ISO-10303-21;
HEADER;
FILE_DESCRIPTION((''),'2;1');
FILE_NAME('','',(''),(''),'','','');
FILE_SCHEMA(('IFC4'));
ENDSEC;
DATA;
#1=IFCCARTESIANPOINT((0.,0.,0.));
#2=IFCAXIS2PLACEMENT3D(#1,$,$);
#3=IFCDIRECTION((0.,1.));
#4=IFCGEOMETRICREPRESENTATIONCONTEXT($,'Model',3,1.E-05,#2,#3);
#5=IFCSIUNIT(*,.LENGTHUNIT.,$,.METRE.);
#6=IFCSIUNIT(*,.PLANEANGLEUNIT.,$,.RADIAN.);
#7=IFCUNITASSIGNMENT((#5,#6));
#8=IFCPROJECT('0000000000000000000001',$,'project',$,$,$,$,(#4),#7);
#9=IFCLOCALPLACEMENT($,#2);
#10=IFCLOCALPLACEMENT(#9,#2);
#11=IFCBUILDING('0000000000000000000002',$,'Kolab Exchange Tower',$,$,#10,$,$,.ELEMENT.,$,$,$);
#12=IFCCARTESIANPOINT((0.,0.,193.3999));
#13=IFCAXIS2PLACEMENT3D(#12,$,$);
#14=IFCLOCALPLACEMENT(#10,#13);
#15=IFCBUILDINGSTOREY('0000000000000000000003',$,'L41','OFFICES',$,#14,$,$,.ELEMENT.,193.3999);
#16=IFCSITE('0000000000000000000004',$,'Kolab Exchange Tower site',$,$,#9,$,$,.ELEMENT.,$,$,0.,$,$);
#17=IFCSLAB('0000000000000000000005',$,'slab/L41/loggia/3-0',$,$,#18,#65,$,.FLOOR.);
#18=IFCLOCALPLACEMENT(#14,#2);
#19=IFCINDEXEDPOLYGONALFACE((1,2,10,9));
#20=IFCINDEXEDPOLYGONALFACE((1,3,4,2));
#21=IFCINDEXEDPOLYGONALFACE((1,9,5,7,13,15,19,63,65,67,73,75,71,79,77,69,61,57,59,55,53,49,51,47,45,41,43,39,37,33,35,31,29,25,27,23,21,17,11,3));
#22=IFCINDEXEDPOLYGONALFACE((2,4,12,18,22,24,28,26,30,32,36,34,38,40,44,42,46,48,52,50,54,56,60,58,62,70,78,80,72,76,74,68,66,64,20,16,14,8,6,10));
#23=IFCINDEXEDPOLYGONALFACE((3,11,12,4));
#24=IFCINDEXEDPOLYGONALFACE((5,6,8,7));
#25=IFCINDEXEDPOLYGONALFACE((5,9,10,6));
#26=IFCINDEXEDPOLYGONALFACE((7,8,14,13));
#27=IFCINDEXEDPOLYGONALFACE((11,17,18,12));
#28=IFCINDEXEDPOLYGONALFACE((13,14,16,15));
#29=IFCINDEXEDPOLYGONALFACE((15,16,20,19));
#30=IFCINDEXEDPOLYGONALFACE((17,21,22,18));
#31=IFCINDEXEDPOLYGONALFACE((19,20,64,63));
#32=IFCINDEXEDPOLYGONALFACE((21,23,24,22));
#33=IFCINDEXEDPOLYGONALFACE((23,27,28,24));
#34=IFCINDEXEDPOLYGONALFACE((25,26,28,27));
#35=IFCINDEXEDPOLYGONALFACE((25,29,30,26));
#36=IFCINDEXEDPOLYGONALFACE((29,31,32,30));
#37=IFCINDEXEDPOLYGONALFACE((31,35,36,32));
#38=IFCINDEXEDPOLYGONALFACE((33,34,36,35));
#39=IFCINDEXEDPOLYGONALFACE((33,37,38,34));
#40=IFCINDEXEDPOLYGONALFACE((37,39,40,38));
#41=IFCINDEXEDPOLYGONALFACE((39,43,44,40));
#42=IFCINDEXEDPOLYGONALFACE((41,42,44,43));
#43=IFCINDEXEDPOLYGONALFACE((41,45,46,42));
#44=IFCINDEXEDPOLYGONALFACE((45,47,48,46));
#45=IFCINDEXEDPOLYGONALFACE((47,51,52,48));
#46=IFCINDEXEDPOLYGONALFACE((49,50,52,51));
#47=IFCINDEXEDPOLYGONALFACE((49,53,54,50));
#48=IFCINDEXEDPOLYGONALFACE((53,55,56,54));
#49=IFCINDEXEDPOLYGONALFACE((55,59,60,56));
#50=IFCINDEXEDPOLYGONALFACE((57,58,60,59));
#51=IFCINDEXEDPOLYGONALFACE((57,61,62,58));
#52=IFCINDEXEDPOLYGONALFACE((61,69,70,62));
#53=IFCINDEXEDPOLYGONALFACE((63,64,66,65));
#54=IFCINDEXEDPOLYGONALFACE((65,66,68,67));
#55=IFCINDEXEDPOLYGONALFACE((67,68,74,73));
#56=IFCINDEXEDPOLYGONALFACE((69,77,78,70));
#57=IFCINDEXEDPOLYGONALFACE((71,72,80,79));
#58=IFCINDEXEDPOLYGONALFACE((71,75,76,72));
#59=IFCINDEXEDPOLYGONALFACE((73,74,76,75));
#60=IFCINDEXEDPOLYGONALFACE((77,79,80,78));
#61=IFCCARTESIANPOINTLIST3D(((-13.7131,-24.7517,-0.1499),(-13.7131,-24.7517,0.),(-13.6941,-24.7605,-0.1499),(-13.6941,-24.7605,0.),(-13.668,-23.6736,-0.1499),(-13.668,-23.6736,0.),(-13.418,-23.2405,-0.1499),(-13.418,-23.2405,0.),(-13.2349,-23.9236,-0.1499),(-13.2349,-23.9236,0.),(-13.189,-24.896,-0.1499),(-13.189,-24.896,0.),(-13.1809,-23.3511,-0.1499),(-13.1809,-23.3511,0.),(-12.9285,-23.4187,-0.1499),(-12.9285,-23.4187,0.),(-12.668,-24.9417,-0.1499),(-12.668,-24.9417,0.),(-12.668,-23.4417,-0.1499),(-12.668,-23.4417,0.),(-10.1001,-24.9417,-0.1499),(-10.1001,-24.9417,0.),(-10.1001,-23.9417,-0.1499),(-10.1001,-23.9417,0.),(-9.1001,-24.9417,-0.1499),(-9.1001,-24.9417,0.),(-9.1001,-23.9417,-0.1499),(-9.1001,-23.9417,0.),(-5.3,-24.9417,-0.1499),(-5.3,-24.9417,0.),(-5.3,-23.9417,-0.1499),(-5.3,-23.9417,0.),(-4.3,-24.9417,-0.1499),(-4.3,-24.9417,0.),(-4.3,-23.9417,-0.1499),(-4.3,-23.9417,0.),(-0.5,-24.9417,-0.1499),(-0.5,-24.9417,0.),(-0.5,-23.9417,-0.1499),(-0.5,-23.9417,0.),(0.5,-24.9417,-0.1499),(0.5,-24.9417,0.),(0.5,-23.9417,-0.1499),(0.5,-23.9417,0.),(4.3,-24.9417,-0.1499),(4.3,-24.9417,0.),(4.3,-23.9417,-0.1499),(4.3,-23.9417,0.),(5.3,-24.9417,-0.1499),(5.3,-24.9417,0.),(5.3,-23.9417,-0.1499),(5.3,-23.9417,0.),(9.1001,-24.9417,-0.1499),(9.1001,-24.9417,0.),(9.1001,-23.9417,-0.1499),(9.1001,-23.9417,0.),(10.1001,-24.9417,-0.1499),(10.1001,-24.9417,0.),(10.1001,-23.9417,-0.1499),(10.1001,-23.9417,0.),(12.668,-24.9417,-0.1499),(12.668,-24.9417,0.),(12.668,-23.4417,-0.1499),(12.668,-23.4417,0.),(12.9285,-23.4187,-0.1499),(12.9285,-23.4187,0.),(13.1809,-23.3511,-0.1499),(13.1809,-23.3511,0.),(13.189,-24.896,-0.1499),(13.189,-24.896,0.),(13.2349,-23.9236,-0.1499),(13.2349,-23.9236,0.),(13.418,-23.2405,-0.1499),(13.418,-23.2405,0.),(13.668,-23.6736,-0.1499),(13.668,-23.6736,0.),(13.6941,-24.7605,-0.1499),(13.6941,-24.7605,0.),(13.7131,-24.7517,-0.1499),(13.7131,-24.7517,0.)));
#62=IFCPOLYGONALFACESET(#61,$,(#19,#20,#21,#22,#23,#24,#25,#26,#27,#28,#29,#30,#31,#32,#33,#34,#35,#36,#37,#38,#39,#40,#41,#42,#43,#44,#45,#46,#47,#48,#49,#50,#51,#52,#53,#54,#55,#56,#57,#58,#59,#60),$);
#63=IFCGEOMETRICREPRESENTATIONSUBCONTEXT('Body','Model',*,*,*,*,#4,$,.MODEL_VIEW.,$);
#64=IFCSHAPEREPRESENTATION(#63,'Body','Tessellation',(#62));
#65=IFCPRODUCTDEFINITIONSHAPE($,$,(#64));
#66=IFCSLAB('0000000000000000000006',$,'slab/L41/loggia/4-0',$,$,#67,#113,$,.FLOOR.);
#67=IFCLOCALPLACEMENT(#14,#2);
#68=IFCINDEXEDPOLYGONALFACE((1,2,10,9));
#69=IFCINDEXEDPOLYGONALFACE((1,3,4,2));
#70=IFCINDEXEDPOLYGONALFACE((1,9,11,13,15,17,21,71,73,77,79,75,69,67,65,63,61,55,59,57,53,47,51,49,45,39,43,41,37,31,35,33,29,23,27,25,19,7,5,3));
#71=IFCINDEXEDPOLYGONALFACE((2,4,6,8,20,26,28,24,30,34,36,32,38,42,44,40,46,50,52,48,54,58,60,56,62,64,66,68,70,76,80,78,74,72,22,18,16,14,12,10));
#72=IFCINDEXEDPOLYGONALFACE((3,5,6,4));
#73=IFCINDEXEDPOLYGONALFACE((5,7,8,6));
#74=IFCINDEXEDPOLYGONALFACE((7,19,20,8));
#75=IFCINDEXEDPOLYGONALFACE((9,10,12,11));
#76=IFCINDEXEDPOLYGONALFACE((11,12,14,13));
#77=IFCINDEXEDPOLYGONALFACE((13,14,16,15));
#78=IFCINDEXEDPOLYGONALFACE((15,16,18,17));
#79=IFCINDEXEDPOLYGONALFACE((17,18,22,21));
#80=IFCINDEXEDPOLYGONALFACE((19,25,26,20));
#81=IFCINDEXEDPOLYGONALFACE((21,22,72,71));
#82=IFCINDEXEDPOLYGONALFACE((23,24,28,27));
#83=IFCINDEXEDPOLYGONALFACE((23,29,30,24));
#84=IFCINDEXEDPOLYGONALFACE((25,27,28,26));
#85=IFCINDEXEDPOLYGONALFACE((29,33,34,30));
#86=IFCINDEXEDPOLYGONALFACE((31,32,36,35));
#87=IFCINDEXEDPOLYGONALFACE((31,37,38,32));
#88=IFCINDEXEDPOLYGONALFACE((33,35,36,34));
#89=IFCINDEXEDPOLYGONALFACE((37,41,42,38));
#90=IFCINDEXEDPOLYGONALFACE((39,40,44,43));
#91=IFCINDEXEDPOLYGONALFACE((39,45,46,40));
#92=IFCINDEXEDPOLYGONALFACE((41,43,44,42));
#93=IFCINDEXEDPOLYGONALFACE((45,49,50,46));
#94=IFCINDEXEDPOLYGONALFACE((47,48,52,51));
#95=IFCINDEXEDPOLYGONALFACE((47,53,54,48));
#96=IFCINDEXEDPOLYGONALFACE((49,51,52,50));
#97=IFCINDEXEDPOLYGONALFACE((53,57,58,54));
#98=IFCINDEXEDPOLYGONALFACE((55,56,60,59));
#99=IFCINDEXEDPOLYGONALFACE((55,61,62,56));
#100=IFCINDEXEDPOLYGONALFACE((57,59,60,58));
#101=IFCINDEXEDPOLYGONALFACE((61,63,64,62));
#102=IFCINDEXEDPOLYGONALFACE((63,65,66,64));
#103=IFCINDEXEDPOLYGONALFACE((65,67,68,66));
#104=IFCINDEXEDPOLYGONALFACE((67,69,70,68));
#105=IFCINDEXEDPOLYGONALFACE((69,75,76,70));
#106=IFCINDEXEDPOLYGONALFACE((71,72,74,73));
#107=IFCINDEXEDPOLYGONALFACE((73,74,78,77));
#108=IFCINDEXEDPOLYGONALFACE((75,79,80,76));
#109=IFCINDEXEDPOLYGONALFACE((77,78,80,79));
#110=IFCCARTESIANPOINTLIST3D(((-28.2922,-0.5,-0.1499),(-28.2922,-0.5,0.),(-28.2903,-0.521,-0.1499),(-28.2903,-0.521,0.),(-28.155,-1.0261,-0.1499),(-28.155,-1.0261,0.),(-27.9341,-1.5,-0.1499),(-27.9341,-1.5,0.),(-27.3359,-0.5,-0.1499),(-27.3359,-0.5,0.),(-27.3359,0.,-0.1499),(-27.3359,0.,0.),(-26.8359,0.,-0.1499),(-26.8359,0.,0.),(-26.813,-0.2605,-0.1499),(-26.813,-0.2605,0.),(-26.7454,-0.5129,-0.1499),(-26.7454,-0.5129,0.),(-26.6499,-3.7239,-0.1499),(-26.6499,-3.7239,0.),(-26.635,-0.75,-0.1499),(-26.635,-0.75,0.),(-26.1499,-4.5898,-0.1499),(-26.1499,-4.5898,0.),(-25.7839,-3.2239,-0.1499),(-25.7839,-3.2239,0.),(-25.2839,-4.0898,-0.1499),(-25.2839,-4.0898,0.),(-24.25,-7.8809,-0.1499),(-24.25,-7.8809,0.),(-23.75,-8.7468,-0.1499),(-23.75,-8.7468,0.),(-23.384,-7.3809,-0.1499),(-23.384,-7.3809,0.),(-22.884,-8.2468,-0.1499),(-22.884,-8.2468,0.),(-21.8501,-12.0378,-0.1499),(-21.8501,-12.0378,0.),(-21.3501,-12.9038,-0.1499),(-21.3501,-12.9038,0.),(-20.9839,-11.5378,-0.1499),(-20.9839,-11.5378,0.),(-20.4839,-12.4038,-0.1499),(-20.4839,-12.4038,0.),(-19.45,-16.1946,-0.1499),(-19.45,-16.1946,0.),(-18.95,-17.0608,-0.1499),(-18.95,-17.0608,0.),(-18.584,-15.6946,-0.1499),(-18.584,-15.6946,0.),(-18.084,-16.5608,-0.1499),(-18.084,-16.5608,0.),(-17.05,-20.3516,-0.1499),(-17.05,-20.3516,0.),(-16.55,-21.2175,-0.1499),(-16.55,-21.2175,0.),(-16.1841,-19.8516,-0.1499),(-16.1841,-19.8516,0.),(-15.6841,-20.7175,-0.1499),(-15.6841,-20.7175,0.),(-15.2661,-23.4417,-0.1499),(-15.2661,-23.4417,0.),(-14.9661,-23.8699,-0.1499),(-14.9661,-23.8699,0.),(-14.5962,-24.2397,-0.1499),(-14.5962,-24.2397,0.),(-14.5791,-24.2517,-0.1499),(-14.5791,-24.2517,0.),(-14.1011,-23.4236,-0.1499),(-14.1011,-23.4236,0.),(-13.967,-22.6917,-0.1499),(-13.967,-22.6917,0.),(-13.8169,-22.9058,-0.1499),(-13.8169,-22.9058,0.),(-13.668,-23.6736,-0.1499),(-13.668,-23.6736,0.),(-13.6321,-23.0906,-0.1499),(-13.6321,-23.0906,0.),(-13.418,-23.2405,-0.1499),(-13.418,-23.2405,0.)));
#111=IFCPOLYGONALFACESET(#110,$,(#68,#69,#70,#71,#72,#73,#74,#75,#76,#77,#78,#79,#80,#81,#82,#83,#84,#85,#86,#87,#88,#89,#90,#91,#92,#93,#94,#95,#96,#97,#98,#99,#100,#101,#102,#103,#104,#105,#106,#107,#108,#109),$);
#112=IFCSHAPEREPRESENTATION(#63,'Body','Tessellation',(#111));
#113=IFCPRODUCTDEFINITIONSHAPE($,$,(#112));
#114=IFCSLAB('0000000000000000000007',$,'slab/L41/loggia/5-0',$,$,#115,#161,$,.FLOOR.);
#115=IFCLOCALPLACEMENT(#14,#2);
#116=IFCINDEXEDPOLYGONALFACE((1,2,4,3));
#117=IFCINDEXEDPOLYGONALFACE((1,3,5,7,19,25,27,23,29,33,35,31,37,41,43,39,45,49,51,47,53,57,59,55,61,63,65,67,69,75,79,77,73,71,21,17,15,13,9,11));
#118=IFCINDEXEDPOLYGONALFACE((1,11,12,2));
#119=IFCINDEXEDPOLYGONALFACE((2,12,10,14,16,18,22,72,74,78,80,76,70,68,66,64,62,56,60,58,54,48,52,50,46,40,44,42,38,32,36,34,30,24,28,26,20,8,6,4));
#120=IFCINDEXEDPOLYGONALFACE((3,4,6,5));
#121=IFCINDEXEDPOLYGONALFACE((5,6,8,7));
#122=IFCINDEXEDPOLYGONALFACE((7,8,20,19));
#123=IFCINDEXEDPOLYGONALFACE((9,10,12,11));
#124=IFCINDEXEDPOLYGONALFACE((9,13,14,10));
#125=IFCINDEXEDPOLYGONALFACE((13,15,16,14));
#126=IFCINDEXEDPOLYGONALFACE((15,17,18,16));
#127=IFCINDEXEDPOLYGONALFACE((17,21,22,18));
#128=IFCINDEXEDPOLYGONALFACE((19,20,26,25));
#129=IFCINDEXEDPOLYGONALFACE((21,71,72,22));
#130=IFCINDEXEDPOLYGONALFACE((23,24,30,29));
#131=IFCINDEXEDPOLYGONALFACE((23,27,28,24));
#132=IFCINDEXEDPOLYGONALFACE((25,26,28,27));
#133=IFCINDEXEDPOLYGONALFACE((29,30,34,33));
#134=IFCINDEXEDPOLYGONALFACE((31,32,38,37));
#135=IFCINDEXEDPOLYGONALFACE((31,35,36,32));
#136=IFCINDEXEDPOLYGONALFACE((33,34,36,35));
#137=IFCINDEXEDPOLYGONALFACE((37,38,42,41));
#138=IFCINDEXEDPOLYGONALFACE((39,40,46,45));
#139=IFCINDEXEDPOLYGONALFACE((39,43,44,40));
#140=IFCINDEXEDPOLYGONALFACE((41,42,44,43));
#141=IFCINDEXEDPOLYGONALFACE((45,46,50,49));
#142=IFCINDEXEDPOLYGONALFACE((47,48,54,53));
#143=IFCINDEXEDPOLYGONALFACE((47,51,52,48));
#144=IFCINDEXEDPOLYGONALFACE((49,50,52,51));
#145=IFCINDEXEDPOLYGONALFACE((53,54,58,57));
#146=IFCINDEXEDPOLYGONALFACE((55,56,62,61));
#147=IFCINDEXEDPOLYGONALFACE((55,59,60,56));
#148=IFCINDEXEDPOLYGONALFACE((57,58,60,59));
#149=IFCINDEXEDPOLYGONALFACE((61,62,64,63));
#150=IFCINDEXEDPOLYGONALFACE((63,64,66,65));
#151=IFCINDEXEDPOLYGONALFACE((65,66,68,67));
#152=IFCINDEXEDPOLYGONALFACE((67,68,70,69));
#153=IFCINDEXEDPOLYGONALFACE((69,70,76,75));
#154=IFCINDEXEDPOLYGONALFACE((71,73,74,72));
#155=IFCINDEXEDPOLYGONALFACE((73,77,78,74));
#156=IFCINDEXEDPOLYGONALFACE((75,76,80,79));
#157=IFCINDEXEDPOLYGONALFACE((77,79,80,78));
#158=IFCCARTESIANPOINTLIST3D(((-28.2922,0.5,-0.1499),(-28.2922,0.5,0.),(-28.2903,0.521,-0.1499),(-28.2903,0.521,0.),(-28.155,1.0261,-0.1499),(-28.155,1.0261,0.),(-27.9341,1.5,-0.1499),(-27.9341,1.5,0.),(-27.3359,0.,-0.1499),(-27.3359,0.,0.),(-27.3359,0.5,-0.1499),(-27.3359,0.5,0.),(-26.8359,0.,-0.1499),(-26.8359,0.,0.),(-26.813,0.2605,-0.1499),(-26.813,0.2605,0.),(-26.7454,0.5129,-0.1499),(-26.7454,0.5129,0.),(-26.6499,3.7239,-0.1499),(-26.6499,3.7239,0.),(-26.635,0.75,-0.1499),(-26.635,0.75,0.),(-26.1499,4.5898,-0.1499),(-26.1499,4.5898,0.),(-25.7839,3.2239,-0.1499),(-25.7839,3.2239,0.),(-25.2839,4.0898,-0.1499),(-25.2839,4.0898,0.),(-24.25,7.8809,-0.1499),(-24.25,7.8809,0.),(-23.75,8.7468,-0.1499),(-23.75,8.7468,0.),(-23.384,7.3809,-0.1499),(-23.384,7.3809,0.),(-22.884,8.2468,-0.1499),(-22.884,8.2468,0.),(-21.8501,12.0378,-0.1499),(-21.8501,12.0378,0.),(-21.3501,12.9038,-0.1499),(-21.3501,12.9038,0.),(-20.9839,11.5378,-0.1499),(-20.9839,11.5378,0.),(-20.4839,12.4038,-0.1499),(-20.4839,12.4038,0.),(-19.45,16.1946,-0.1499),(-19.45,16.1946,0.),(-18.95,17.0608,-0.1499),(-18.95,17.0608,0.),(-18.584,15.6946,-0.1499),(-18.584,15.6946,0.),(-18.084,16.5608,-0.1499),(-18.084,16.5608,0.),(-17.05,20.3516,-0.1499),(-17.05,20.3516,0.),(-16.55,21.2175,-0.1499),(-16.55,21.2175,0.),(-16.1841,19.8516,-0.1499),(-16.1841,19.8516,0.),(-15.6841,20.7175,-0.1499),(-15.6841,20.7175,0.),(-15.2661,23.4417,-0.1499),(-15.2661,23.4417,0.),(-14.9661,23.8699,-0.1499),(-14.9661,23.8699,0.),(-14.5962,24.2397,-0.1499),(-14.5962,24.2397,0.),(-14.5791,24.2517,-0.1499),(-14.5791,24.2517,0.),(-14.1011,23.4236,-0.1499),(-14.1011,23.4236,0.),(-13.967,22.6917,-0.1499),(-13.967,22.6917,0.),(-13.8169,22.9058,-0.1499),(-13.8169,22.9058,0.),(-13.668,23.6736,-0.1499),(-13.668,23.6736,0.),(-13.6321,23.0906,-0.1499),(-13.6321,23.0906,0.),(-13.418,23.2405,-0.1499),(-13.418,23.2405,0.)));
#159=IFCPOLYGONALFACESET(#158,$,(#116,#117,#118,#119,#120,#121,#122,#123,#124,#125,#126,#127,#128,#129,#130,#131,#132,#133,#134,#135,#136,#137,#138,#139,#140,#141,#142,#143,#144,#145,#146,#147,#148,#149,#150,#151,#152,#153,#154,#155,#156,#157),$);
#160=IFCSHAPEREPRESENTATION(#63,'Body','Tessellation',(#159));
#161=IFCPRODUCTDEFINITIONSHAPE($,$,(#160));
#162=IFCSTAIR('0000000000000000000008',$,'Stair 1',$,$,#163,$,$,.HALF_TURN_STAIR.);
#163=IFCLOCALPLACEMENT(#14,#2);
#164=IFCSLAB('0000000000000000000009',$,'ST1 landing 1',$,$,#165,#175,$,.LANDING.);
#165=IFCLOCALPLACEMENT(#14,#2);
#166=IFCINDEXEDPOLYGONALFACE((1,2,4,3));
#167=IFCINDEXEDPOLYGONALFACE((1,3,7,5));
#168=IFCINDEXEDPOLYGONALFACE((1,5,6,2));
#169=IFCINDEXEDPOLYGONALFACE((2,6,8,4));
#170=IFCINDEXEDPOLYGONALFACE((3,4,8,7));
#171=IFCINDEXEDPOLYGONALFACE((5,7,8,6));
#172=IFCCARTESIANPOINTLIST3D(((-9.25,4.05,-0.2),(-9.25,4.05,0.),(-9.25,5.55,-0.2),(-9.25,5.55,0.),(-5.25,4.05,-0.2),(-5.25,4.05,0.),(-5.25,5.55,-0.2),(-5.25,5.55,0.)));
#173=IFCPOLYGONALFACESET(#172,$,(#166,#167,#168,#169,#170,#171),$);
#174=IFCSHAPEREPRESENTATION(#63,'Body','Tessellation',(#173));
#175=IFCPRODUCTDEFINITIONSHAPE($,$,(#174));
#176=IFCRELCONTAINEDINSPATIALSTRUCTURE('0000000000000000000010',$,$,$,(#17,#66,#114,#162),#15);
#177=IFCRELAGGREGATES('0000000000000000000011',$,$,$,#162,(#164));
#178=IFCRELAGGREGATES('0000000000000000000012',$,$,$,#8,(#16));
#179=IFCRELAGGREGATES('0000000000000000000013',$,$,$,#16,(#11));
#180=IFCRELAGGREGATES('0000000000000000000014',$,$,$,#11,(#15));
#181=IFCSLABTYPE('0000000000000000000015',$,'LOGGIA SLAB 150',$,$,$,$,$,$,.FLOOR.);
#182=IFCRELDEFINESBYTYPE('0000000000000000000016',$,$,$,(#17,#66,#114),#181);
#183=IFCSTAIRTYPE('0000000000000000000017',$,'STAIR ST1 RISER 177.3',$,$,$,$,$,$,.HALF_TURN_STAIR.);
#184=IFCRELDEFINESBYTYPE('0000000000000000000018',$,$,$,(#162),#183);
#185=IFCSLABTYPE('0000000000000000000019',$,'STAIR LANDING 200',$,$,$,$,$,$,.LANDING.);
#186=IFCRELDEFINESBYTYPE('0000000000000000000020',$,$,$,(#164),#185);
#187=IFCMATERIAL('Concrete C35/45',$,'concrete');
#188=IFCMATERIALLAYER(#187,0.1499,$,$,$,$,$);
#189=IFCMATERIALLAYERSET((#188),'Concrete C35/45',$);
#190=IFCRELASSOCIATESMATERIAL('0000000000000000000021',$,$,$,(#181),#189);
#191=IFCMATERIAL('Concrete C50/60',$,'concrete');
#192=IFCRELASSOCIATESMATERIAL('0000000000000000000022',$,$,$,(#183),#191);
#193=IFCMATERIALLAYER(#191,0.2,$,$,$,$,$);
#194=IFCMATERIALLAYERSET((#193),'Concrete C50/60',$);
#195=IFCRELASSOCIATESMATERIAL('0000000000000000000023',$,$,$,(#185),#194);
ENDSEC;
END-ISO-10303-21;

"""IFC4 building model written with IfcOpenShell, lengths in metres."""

from ifc_helpers import new_model, si_unit, direction, frame, origin, place, context, subcontext, project, spatial, polyline, outline, extrude, material, layer, layer_set, type_object, element, aggregate, save


model = new_model("IFC4")

# Units and contexts
model_context = context("Model", 3, precision=1e-05, world=origin(), true_north=direction((0.0, 1.0)))
body_context = subcontext(model_context, "Body", "Model", "MODEL_VIEW")
ifc_project = project(units=[si_unit("LENGTHUNIT", "METRE"), si_unit("PLANEANGLEUNIT", "RADIAN")], contexts=[model_context])

# Site, building, storey
site_placement = place(None, origin())
site = spatial("IfcSite", under=ifc_project, at=site_placement, Name="Kolab Exchange Tower site", CompositionType="ELEMENT", RefElevation=0.0)
building_placement = place(site_placement, origin())
building = spatial("IfcBuilding", under=site, at=building_placement, Name="Kolab Exchange Tower", CompositionType="ELEMENT")
storey_placement = place(building_placement, frame((0.0, 0.0, 193.3999)))
storey = spatial("IfcBuildingStorey", under=building, at=storey_placement, Name="L41", Description="OFFICES", CompositionType="ELEMENT", Elevation=193.3999)

# Slabs
ifc_material_1 = material(Name="Concrete C35/45", Category="concrete")
ifc_layer_1 = layer(ifc_material_1, 0.1499)
ifc_layer_set_1 = layer_set([ifc_layer_1], Name="Concrete C35/45")
slab_type_1 = type_object("IfcSlabType", Name="LOGGIA SLAB 150", PredefinedType="FLOOR", material=ifc_layer_set_1)
slab_1_placement = place(storey_placement, frame((0.0, 0.0, -0.1499)))
element("IfcSlab", 1, at=slab_1_placement, inside=storey, type_object=slab_type_1, Name="slab/L41/loggia/3-0", PredefinedType="FLOOR", context=body_context, shape_type="SweptSolid", body=[
    extrude(outline(polyline([(-13.418, -23.2405), (-13.668, -23.6736), (-13.2349, -23.9236), (-13.7131, -24.7517), (-13.6941, -24.7605), (-13.189, -24.896), (-12.668, -24.9417), (-10.1001, -24.9417), (-10.1001, -23.9417), (-9.1001, -23.9417), (-9.1001, -24.9417), (-5.3, -24.9417), (-5.3, -23.9417), (-4.3, -23.9417), (-4.3, -24.9417), (-0.5, -24.9417), (-0.5, -23.9417), (0.5, -23.9417), (0.5, -24.9417), (4.3, -24.9417), (4.3, -23.9417), (5.3, -23.9417), (5.3, -24.9417), (9.1001, -24.9417), (9.1001, -23.9417), (10.1001, -23.9417), (10.1001, -24.9417), (12.668, -24.9417), (13.189, -24.896), (13.6941, -24.7605), (13.7131, -24.7517), (13.2349, -23.9236), (13.668, -23.6736), (13.418, -23.2405), (13.1809, -23.3511), (12.9285, -23.4187), (12.668, -23.4417), (-12.668, -23.4417), (-12.9285, -23.4187), (-13.1809, -23.3511), (-13.418, -23.2405)])), origin(), (0.0, 0.0, 1.0), 0.1499),
])
slab_2_placement = place(storey_placement, frame((0.0, 0.0, -0.1499)))
element("IfcSlab", 2, at=slab_2_placement, inside=storey, type_object=slab_type_1, Name="slab/L41/loggia/4-0", PredefinedType="FLOOR", context=body_context, shape_type="SweptSolid", body=[
    extrude(outline(polyline([(-26.8359, 0.0), (-27.3359, 0.0), (-27.3359, -0.5), (-28.2922, -0.5), (-28.2903, -0.521), (-28.155, -1.0261), (-27.9341, -1.5), (-26.6499, -3.7239), (-25.7839, -3.2239), (-25.2839, -4.0898), (-26.1499, -4.5898), (-24.25, -7.8809), (-23.384, -7.3809), (-22.884, -8.2468), (-23.75, -8.7468), (-21.8501, -12.0378), (-20.9839, -11.5378), (-20.4839, -12.4038), (-21.3501, -12.9038), (-19.45, -16.1946), (-18.584, -15.6946), (-18.084, -16.5608), (-18.95, -17.0608), (-17.05, -20.3516), (-16.1841, -19.8516), (-15.6841, -20.7175), (-16.55, -21.2175), (-15.2661, -23.4417), (-14.9661, -23.8699), (-14.5962, -24.2397), (-14.5791, -24.2517), (-14.1011, -23.4236), (-13.668, -23.6736), (-13.418, -23.2405), (-13.6321, -23.0906), (-13.8169, -22.9058), (-13.967, -22.6917), (-26.635, -0.75), (-26.7454, -0.5129), (-26.813, -0.2605), (-26.8359, 0.0)])), origin(), (0.0, 0.0, 1.0), 0.1499),
])
slab_3_placement = place(storey_placement, frame((0.0, 0.0, -0.1499)))
element("IfcSlab", 3, at=slab_3_placement, inside=storey, type_object=slab_type_1, Name="slab/L41/loggia/5-0", PredefinedType="FLOOR", context=body_context, shape_type="SweptSolid", body=[
    extrude(outline(polyline([(-13.418, 23.2405), (-13.668, 23.6736), (-14.1011, 23.4236), (-14.5791, 24.2517), (-14.5962, 24.2397), (-14.9661, 23.8699), (-15.2661, 23.4417), (-16.55, 21.2175), (-15.6841, 20.7175), (-16.1841, 19.8516), (-17.05, 20.3516), (-18.95, 17.0608), (-18.084, 16.5608), (-18.584, 15.6946), (-19.45, 16.1946), (-21.3501, 12.9038), (-20.4839, 12.4038), (-20.9839, 11.5378), (-21.8501, 12.0378), (-23.75, 8.7468), (-22.884, 8.2468), (-23.384, 7.3809), (-24.25, 7.8809), (-26.1499, 4.5898), (-25.2839, 4.0898), (-25.7839, 3.2239), (-26.6499, 3.7239), (-27.9341, 1.5), (-28.155, 1.0261), (-28.2903, 0.521), (-28.2922, 0.5), (-27.3359, 0.5), (-27.3359, 0.0), (-26.8359, 0.0), (-26.813, 0.2605), (-26.7454, 0.5129), (-26.635, 0.75), (-13.967, 22.6917), (-13.8169, 22.9058), (-13.6321, 23.0906), (-13.418, 23.2405)])), origin(), (0.0, 0.0, 1.0), 0.1499),
])

# Stair, slab
ifc_material_2 = material(Name="Concrete C50/60", Category="concrete")
stair_type_1 = type_object("IfcStairType", Name="STAIR ST1 RISER 177.3", PredefinedType="HALF_TURN_STAIR", material=ifc_material_2)
stair_1_placement = place(storey_placement, origin())
stair_1 = element("IfcStair", 4, at=stair_1_placement, inside=storey, type_object=stair_type_1, Name="Stair 1", PredefinedType="HALF_TURN_STAIR")
ifc_layer_2 = layer(ifc_material_2, 0.2)
ifc_layer_set_2 = layer_set([ifc_layer_2], Name="Concrete C50/60")
slab_type_2 = type_object("IfcSlabType", Name="STAIR LANDING 200", PredefinedType="LANDING", material=ifc_layer_set_2)
slab_4_placement = place(storey_placement, frame((0.0, 0.0, -0.2)))
slab_4 = element("IfcSlab", 5, at=slab_4_placement, type_object=slab_type_2, Name="ST1 landing 1", PredefinedType="LANDING", context=body_context, shape_type="SweptSolid", body=[
    extrude(outline(polyline([(-9.25, 4.05), (-5.25, 4.05), (-5.25, 5.55), (-9.25, 5.55), (-9.25, 4.05)])), origin(), (0.0, 0.0, 1.0), 0.2),
])
aggregate(stair_1, [slab_4])

save(model, "model.ifc")
